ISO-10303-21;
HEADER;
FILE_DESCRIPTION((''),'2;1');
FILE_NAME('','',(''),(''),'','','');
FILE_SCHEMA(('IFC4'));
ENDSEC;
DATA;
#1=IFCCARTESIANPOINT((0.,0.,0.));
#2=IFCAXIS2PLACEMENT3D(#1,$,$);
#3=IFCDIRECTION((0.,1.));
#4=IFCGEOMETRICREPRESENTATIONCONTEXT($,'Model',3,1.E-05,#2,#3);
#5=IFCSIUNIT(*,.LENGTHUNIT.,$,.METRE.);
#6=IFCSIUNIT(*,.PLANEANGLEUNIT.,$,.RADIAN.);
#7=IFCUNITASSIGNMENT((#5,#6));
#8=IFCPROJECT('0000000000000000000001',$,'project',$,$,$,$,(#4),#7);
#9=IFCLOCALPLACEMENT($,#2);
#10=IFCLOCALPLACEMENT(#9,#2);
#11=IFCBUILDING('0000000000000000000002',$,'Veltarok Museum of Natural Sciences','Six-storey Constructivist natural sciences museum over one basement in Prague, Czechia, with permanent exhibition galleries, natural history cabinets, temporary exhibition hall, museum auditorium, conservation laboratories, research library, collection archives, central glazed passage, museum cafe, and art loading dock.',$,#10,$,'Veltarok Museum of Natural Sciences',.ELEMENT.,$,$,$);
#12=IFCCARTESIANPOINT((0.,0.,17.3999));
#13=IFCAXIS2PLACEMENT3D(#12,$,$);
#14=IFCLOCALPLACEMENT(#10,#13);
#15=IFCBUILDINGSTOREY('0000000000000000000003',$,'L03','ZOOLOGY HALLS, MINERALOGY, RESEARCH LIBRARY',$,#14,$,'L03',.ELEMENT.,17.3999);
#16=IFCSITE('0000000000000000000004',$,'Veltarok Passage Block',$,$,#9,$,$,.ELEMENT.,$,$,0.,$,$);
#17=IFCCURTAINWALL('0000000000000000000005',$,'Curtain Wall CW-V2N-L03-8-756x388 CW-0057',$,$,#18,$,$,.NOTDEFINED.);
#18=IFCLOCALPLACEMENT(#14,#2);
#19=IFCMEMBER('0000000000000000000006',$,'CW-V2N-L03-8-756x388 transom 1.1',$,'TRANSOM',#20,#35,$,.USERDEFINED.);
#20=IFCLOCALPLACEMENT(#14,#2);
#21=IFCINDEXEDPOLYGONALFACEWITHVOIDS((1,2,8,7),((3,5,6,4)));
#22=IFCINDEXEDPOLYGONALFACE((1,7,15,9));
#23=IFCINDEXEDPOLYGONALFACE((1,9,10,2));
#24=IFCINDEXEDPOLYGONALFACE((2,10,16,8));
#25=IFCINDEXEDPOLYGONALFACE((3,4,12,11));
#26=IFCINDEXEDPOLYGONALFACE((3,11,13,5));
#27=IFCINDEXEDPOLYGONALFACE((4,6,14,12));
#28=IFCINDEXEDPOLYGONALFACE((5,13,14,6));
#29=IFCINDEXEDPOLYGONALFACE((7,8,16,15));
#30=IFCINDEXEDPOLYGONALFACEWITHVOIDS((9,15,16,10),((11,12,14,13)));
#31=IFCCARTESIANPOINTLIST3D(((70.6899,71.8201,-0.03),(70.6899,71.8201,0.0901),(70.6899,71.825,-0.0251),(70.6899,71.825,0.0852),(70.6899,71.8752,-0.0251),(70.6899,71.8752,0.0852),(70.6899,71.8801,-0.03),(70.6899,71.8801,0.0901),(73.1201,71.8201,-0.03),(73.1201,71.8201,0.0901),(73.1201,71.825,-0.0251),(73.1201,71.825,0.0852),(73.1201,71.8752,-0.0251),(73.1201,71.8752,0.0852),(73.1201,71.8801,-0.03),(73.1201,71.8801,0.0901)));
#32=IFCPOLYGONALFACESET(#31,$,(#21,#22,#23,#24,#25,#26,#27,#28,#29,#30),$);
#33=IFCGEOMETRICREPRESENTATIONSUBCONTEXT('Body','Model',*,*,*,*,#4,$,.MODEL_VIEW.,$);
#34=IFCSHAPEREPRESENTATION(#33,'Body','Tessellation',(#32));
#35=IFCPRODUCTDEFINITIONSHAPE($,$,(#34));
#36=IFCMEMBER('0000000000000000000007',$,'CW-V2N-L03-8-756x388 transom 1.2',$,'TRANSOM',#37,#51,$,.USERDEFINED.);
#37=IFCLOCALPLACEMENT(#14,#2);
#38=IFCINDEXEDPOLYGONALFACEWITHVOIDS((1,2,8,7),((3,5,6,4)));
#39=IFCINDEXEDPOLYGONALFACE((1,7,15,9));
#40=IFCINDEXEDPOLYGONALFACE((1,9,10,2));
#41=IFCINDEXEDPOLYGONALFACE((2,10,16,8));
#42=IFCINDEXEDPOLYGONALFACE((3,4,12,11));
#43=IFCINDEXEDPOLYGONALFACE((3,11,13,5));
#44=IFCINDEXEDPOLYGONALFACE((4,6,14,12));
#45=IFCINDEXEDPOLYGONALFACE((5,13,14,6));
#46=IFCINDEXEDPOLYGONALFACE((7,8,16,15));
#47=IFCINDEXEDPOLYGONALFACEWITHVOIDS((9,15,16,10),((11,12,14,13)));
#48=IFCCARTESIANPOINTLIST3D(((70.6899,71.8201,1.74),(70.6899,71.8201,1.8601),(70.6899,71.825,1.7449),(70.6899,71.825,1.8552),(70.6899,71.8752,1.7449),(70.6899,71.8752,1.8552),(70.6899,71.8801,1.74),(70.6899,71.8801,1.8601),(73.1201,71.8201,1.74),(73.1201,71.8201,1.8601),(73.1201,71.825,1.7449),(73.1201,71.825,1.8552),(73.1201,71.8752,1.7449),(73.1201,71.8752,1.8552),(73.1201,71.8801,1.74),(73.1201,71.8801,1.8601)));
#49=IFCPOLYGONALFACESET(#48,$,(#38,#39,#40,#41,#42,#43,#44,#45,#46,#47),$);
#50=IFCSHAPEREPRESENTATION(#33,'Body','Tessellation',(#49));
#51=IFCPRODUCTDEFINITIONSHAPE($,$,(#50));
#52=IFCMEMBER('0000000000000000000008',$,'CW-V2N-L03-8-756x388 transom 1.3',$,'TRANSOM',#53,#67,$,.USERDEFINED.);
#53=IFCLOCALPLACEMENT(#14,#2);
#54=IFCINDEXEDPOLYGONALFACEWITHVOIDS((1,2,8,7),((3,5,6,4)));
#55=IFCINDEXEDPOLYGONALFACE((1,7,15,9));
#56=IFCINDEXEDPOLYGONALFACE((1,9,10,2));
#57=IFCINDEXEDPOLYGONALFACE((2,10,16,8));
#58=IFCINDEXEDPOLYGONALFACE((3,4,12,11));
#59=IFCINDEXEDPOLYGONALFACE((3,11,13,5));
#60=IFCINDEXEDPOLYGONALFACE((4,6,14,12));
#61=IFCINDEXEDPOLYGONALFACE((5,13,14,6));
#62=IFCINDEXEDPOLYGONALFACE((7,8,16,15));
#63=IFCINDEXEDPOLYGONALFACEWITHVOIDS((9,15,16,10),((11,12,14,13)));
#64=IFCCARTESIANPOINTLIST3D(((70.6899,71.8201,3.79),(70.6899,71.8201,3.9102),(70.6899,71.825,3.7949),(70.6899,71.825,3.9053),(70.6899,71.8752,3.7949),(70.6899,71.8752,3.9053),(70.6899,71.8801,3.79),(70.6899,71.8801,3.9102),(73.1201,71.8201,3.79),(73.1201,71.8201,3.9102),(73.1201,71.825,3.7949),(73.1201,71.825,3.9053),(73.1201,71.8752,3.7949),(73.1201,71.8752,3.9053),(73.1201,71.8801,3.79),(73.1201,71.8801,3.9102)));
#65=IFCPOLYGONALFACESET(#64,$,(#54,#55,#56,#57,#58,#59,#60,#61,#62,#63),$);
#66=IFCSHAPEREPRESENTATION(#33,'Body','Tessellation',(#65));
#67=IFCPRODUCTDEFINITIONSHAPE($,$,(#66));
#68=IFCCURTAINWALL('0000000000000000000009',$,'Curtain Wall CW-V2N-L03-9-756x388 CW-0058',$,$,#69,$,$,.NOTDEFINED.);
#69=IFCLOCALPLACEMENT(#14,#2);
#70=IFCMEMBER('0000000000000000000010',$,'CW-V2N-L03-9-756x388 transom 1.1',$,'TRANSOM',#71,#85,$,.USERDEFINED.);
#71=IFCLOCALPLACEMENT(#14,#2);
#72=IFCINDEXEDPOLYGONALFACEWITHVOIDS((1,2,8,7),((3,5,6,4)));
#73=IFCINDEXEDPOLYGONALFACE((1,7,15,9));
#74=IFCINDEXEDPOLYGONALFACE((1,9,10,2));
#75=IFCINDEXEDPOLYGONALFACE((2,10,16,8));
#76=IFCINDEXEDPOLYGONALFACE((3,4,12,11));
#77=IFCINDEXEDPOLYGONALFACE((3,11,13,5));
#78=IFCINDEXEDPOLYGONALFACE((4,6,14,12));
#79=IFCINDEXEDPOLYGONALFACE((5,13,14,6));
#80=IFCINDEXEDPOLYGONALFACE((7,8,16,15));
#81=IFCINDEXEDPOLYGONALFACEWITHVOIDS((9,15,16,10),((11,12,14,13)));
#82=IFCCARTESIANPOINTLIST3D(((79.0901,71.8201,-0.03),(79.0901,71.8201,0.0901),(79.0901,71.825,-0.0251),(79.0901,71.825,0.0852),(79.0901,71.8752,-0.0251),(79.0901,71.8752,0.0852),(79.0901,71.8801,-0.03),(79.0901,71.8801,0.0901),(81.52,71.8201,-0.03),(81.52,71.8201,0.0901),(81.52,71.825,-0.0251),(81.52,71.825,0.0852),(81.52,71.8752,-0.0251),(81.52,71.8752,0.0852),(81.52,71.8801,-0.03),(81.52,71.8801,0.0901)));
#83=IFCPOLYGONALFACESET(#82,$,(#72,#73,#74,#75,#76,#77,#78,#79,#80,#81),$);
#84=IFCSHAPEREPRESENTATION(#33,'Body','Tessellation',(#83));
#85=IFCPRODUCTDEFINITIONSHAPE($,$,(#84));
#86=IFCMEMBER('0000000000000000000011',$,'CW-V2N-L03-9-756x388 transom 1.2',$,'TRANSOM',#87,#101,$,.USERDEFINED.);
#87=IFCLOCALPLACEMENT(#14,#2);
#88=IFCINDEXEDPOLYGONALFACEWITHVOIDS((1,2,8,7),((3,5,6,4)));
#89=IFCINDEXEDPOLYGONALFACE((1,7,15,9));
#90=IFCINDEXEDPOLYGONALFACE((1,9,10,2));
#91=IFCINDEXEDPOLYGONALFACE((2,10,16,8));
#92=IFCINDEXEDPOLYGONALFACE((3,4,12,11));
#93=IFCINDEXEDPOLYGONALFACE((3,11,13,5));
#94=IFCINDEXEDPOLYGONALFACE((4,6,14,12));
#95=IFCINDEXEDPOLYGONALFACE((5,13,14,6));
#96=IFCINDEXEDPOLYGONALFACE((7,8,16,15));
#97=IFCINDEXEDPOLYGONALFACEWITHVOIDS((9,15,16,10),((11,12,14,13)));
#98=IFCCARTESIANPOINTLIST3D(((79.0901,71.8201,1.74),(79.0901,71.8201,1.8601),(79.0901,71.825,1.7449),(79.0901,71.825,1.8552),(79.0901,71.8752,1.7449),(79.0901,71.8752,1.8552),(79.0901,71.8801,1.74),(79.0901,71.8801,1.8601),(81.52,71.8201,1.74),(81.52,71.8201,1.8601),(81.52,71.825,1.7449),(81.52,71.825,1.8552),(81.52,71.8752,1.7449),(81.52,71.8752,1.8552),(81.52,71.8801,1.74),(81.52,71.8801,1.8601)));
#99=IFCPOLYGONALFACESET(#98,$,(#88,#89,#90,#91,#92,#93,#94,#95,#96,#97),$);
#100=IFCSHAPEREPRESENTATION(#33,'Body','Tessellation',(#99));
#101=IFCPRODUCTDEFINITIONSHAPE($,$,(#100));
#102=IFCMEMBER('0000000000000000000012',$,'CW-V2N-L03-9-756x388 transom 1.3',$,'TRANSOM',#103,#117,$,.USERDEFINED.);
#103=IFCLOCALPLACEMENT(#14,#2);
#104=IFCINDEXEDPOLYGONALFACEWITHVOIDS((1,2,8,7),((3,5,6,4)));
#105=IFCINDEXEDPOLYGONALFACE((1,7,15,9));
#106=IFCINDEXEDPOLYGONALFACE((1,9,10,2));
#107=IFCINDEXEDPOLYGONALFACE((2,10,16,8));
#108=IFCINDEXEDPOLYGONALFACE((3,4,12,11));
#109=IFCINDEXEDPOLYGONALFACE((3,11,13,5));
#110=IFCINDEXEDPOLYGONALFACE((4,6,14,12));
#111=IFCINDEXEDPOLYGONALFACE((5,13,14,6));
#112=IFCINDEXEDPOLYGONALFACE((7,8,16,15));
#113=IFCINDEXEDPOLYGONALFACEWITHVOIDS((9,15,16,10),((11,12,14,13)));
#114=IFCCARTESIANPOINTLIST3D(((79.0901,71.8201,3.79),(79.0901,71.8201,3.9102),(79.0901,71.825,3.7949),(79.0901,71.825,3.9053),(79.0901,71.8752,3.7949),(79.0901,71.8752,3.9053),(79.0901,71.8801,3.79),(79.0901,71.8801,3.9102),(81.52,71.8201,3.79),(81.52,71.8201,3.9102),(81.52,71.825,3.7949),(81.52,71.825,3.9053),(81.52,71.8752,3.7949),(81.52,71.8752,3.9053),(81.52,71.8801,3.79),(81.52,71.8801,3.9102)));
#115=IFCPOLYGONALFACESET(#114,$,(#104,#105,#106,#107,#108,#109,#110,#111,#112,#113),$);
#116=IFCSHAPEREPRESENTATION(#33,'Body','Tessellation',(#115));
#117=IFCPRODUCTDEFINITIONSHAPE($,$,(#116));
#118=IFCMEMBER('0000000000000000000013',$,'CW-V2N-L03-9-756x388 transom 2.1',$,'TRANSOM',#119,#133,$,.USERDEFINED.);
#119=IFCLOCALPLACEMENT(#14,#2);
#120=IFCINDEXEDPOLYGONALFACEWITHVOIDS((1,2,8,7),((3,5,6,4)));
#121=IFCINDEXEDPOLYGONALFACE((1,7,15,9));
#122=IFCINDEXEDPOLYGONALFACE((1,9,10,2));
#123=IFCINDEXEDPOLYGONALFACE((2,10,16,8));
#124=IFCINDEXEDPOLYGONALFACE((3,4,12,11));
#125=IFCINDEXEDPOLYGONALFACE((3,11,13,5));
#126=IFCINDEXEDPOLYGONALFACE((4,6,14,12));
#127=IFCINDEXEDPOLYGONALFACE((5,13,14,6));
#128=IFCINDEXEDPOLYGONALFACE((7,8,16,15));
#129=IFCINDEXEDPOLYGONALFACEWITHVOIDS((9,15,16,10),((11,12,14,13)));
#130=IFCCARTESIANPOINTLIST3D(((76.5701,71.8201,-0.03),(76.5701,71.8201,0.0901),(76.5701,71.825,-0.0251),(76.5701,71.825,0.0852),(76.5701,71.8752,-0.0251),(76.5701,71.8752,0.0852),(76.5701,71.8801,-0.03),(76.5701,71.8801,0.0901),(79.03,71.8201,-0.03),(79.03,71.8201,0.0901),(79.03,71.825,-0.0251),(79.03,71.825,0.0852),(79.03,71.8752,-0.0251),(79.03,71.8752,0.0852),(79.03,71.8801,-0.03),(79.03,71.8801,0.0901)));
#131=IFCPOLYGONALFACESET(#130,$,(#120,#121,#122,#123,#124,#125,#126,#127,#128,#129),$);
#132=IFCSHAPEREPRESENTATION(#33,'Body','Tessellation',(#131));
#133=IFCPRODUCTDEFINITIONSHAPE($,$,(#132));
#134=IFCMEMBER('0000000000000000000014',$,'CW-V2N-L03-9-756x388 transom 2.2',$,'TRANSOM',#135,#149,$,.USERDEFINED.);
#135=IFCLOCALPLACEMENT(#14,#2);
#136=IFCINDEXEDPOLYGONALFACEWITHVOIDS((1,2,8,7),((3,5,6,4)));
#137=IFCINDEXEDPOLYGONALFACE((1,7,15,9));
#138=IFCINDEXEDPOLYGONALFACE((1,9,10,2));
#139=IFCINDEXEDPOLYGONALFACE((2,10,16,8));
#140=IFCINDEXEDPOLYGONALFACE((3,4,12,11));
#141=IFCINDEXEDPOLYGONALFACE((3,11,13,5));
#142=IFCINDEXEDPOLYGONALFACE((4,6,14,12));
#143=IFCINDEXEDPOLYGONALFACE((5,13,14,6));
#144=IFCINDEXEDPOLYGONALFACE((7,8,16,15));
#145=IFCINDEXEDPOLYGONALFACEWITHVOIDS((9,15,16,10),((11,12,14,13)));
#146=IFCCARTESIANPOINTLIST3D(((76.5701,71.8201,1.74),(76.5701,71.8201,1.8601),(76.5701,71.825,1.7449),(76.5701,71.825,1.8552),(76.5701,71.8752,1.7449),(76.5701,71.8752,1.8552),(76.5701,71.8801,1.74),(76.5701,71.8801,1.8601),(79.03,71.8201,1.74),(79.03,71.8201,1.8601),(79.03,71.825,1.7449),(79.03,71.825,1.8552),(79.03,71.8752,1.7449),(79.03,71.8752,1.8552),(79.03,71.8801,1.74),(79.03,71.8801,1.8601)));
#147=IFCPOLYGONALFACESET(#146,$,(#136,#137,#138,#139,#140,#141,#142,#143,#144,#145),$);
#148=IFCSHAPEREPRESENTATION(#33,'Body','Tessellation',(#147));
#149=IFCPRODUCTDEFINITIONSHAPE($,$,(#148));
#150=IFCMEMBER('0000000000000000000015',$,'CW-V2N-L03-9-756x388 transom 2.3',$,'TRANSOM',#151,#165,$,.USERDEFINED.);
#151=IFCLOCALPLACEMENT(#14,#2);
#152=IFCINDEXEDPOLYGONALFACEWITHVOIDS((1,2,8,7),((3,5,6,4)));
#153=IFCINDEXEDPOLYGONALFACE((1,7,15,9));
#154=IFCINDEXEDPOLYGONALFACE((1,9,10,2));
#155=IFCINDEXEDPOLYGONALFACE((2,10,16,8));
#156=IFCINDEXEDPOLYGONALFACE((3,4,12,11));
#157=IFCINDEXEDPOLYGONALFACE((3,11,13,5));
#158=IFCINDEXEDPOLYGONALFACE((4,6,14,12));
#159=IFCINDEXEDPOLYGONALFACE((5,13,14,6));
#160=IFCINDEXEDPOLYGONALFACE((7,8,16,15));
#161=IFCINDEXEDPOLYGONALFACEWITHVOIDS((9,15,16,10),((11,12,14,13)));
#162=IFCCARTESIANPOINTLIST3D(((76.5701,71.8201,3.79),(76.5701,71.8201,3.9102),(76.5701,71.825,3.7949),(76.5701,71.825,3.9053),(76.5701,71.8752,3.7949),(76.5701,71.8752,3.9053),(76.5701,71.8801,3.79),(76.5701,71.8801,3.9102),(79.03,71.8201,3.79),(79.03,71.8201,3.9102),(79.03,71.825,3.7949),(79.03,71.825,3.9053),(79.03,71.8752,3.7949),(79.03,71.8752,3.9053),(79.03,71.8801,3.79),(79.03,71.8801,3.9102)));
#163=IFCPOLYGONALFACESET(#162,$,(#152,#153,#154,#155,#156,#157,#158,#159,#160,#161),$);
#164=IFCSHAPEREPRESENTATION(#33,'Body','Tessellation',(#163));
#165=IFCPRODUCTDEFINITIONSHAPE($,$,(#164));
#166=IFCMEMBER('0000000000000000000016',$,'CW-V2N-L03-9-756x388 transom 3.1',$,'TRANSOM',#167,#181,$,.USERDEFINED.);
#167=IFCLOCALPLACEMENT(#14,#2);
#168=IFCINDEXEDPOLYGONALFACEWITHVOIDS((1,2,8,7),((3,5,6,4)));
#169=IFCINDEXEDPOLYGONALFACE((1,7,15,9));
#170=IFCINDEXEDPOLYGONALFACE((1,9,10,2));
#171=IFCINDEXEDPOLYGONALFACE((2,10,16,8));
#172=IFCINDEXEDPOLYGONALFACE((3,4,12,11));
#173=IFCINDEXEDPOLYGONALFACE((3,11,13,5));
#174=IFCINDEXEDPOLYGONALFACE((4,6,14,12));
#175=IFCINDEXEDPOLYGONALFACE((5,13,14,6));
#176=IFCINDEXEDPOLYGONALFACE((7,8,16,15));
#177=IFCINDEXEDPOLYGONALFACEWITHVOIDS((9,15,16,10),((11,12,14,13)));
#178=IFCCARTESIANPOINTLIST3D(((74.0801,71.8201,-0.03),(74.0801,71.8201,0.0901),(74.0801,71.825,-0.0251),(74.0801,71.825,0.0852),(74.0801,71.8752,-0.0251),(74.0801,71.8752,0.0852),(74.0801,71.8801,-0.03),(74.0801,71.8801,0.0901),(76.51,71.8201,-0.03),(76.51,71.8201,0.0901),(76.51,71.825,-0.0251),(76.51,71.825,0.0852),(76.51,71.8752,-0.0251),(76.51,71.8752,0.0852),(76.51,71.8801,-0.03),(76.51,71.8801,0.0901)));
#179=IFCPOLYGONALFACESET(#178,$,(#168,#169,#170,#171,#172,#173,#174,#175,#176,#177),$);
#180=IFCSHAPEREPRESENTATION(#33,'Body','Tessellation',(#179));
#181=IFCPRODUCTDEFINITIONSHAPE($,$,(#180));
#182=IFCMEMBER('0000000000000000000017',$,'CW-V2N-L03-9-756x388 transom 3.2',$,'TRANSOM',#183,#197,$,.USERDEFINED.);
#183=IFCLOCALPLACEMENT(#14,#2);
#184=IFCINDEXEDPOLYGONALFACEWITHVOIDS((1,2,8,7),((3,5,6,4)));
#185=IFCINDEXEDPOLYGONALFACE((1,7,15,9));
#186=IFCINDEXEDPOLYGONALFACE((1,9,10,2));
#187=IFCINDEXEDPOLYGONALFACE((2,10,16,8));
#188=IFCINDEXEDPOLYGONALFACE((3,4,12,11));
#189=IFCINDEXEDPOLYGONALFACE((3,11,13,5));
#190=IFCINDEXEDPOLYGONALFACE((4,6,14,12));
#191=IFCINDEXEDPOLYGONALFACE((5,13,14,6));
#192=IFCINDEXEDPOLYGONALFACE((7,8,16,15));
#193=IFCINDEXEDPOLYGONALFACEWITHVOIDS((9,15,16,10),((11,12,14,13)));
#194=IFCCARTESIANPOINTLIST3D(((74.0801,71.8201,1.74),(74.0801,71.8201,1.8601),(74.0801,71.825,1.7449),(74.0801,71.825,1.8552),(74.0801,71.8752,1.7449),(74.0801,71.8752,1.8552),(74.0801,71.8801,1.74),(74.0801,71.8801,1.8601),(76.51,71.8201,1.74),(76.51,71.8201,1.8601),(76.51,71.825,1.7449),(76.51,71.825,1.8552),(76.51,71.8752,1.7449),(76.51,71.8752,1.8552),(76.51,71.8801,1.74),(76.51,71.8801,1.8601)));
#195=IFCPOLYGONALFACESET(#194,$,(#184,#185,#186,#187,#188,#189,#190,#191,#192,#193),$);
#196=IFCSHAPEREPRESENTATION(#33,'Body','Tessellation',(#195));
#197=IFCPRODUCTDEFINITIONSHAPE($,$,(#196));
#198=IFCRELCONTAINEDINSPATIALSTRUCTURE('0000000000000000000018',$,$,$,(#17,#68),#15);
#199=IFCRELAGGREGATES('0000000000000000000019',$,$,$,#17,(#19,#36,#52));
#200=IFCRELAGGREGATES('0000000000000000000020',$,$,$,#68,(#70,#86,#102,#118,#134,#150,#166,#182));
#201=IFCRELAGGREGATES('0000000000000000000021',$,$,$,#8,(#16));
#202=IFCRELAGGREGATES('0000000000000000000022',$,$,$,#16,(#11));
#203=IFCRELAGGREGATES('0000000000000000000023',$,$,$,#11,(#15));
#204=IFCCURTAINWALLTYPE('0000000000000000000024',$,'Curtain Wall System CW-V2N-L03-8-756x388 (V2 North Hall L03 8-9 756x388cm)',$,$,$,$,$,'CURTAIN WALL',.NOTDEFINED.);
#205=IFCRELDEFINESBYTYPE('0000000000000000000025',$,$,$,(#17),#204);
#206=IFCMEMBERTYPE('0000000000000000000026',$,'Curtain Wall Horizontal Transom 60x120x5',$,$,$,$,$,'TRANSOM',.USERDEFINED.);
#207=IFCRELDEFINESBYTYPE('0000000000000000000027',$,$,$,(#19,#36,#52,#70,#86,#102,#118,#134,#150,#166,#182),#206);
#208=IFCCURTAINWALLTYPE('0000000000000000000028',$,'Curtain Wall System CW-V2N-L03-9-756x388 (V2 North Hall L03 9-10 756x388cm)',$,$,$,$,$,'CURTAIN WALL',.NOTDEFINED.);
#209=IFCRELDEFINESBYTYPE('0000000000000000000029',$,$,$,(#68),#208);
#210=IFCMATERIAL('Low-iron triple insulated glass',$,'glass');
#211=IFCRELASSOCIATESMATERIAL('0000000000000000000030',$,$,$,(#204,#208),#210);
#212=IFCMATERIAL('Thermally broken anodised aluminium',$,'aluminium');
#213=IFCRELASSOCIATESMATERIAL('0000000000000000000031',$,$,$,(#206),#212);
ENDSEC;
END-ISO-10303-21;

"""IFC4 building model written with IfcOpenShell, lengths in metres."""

from ifc_helpers import new_model, si_unit, direction, frame, origin, origin_2d, place, context, subcontext, project, spatial, hollow_rectangle, extrude, material, material_profile, profile_set, type_object, element, aggregate, save


model = new_model("IFC4")

# Units and contexts
model_context = context("Model", 3, precision=1e-05, world=origin(), true_north=direction((0.0, 1.0)))
body_context = subcontext(model_context, "Body", "Model", "MODEL_VIEW")
ifc_project = project(units=[si_unit("LENGTHUNIT", "METRE"), si_unit("PLANEANGLEUNIT", "RADIAN")], contexts=[model_context])

# Site, building, storey
site_placement = place(None, origin())
site = spatial("IfcSite", under=ifc_project, at=site_placement, Name="Veltarok Passage Block", CompositionType="ELEMENT", RefElevation=0.0)
building_placement = place(site_placement, origin())
building = spatial("IfcBuilding", under=site, at=building_placement, Name="Veltarok Museum of Natural Sciences", Description="Six-storey Constructivist natural sciences museum over one basement in Prague, Czechia, with permanent exhibition galleries, natural history cabinets, temporary exhibition hall, museum auditorium, conservation laboratories, research library, collection archives, central glazed passage, museum cafe, and art loading dock.", LongName="Veltarok Museum of Natural Sciences", CompositionType="ELEMENT")
storey_placement = place(building_placement, frame((0.0, 0.0, 17.3999)))
storey = spatial("IfcBuildingStorey", under=building, at=storey_placement, Name="L03", Description="ZOOLOGY HALLS, MINERALOGY, RESEARCH LIBRARY", LongName="L03", CompositionType="ELEMENT", Elevation=17.3999)

# Curtain walls, members
ifc_material_1 = material(Name="Low-iron triple insulated glass", Category="glass")
curtain_wall_type_1 = type_object("IfcCurtainWallType", Name="Curtain Wall System CW-V2N-L03-8-756x388 (V2 North Hall L03 8-9 756x388cm)", ElementType="CURTAIN WALL", PredefinedType="NOTDEFINED", material=ifc_material_1)
curtain_wall_1_placement = place(storey_placement, origin())
curtain_wall_1 = element("IfcCurtainWall", 1, at=curtain_wall_1_placement, inside=storey, type_object=curtain_wall_type_1, Name="Curtain Wall CW-V2N-L03-8-756x388 CW-0057", PredefinedType="NOTDEFINED")
ifc_material_2 = material(Name="Thermally broken anodised aluminium", Category="aluminium")
ifc_material_profile_1 = material_profile(ifc_material_2, hollow_rectangle(XDim=0.0601, YDim=0.1201, WallThickness=0.0049, at=origin_2d()), Name="CW TRANSOM 60x120x5")
ifc_profile_set_1 = profile_set([ifc_material_profile_1], Name="Thermally broken anodised aluminium")
member_type_1 = type_object("IfcMemberType", Name="Curtain Wall Horizontal Transom 60x120x5", ElementType="TRANSOM", PredefinedType="USERDEFINED", material=ifc_profile_set_1)
member_1_placement = place(storey_placement, frame((73.1201, 71.8501, 0.03), z_axis=(-1.0, 0.0, 0.0), x_axis=(0.0, -1.0, 0.0)))
member_1 = element("IfcMember", 2, at=member_1_placement, type_object=member_type_1, Name="CW-V2N-L03-8-756x388 transom 1.1", ObjectType="TRANSOM", PredefinedType="USERDEFINED", context=body_context, shape_type="SweptSolid", body=[
    extrude(hollow_rectangle(XDim=0.0601, YDim=0.1201, WallThickness=0.0049, at=origin_2d()), origin(), (0.0, 0.0, 1.0), 2.4302),
])
member_2_placement = place(storey_placement, frame((73.1201, 71.8501, 1.8), z_axis=(-1.0, 0.0, 0.0), x_axis=(0.0, -1.0, 0.0)))
member_2 = element("IfcMember", 3, at=member_2_placement, type_object=member_type_1, Name="CW-V2N-L03-8-756x388 transom 1.2", ObjectType="TRANSOM", PredefinedType="USERDEFINED", context=body_context, shape_type="SweptSolid", body=[
    extrude(hollow_rectangle(XDim=0.0601, YDim=0.1201, WallThickness=0.0049, at=origin_2d()), origin(), (0.0, 0.0, 1.0), 2.4302),
])
member_3_placement = place(storey_placement, frame((73.1201, 71.8501, 3.8501), z_axis=(-1.0, 0.0, 0.0), x_axis=(0.0, -1.0, 0.0)))
member_3 = element("IfcMember", 4, at=member_3_placement, type_object=member_type_1, Name="CW-V2N-L03-8-756x388 transom 1.3", ObjectType="TRANSOM", PredefinedType="USERDEFINED", context=body_context, shape_type="SweptSolid", body=[
    extrude(hollow_rectangle(XDim=0.0601, YDim=0.1201, WallThickness=0.0049, at=origin_2d()), origin(), (0.0, 0.0, 1.0), 2.4302),
])
curtain_wall_type_2 = type_object("IfcCurtainWallType", Name="Curtain Wall System CW-V2N-L03-9-756x388 (V2 North Hall L03 9-10 756x388cm)", ElementType="CURTAIN WALL", PredefinedType="NOTDEFINED", material=ifc_material_1)
curtain_wall_2_placement = place(storey_placement, origin())
curtain_wall_2 = element("IfcCurtainWall", 5, at=curtain_wall_2_placement, inside=storey, type_object=curtain_wall_type_2, Name="Curtain Wall CW-V2N-L03-9-756x388 CW-0058", PredefinedType="NOTDEFINED")
member_4_placement = place(storey_placement, frame((81.52, 71.8501, 0.03), z_axis=(-1.0, 0.0, 0.0), x_axis=(0.0, -1.0, 0.0)))
member_4 = element("IfcMember", 6, at=member_4_placement, type_object=member_type_1, Name="CW-V2N-L03-9-756x388 transom 1.1", ObjectType="TRANSOM", PredefinedType="USERDEFINED", context=body_context, shape_type="SweptSolid", body=[
    extrude(hollow_rectangle(XDim=0.0601, YDim=0.1201, WallThickness=0.0049, at=origin_2d()), origin(), (0.0, 0.0, 1.0), 2.4299),
])
member_5_placement = place(storey_placement, frame((81.52, 71.8501, 1.8), z_axis=(-1.0, 0.0, 0.0), x_axis=(0.0, -1.0, 0.0)))
member_5 = element("IfcMember", 7, at=member_5_placement, type_object=member_type_1, Name="CW-V2N-L03-9-756x388 transom 1.2", ObjectType="TRANSOM", PredefinedType="USERDEFINED", context=body_context, shape_type="SweptSolid", body=[
    extrude(hollow_rectangle(XDim=0.0601, YDim=0.1201, WallThickness=0.0049, at=origin_2d()), origin(), (0.0, 0.0, 1.0), 2.4299),
])
member_6_placement = place(storey_placement, frame((81.52, 71.8501, 3.8501), z_axis=(-1.0, 0.0, 0.0), x_axis=(0.0, -1.0, 0.0)))
member_6 = element("IfcMember", 8, at=member_6_placement, type_object=member_type_1, Name="CW-V2N-L03-9-756x388 transom 1.3", ObjectType="TRANSOM", PredefinedType="USERDEFINED", context=body_context, shape_type="SweptSolid", body=[
    extrude(hollow_rectangle(XDim=0.0601, YDim=0.1201, WallThickness=0.0049, at=origin_2d()), origin(), (0.0, 0.0, 1.0), 2.4299),
])
member_7_placement = place(storey_placement, frame((79.03, 71.8501, 0.03), z_axis=(-1.0, 0.0, 0.0), x_axis=(0.0, -1.0, 0.0)))
member_7 = element("IfcMember", 9, at=member_7_placement, type_object=member_type_1, Name="CW-V2N-L03-9-756x388 transom 2.1", ObjectType="TRANSOM", PredefinedType="USERDEFINED", context=body_context, shape_type="SweptSolid", body=[
    extrude(hollow_rectangle(XDim=0.0601, YDim=0.1201, WallThickness=0.0049, at=origin_2d()), origin(), (0.0, 0.0, 1.0), 2.46),
])
member_8_placement = place(storey_placement, frame((79.03, 71.8501, 1.8), z_axis=(-1.0, 0.0, 0.0), x_axis=(0.0, -1.0, 0.0)))
member_8 = element("IfcMember", 10, at=member_8_placement, type_object=member_type_1, Name="CW-V2N-L03-9-756x388 transom 2.2", ObjectType="TRANSOM", PredefinedType="USERDEFINED", context=body_context, shape_type="SweptSolid", body=[
    extrude(hollow_rectangle(XDim=0.0601, YDim=0.1201, WallThickness=0.0049, at=origin_2d()), origin(), (0.0, 0.0, 1.0), 2.46),
])
member_9_placement = place(storey_placement, frame((79.03, 71.8501, 3.8501), z_axis=(-1.0, 0.0, 0.0), x_axis=(0.0, -1.0, 0.0)))
member_9 = element("IfcMember", 11, at=member_9_placement, type_object=member_type_1, Name="CW-V2N-L03-9-756x388 transom 2.3", ObjectType="TRANSOM", PredefinedType="USERDEFINED", context=body_context, shape_type="SweptSolid", body=[
    extrude(hollow_rectangle(XDim=0.0601, YDim=0.1201, WallThickness=0.0049, at=origin_2d()), origin(), (0.0, 0.0, 1.0), 2.46),
])
member_10_placement = place(storey_placement, frame((76.51, 71.8501, 0.03), z_axis=(-1.0, 0.0, 0.0), x_axis=(0.0, -1.0, 0.0)))
member_10 = element("IfcMember", 12, at=member_10_placement, type_object=member_type_1, Name="CW-V2N-L03-9-756x388 transom 3.1", ObjectType="TRANSOM", PredefinedType="USERDEFINED", context=body_context, shape_type="SweptSolid", body=[
    extrude(hollow_rectangle(XDim=0.0601, YDim=0.1201, WallThickness=0.0049, at=origin_2d()), origin(), (0.0, 0.0, 1.0), 2.4299),
])
member_11_placement = place(storey_placement, frame((76.51, 71.8501, 1.8), z_axis=(-1.0, 0.0, 0.0), x_axis=(0.0, -1.0, 0.0)))
member_11 = element("IfcMember", 13, at=member_11_placement, type_object=member_type_1, Name="CW-V2N-L03-9-756x388 transom 3.2", ObjectType="TRANSOM", PredefinedType="USERDEFINED", context=body_context, shape_type="SweptSolid", body=[
    extrude(hollow_rectangle(XDim=0.0601, YDim=0.1201, WallThickness=0.0049, at=origin_2d()), origin(), (0.0, 0.0, 1.0), 2.4299),
])

aggregate(curtain_wall_1, [member_1, member_2, member_3])
aggregate(curtain_wall_2, [member_4, member_5, member_6, member_7, member_8, member_9, member_10, member_11])

save(model, "model.ifc")
